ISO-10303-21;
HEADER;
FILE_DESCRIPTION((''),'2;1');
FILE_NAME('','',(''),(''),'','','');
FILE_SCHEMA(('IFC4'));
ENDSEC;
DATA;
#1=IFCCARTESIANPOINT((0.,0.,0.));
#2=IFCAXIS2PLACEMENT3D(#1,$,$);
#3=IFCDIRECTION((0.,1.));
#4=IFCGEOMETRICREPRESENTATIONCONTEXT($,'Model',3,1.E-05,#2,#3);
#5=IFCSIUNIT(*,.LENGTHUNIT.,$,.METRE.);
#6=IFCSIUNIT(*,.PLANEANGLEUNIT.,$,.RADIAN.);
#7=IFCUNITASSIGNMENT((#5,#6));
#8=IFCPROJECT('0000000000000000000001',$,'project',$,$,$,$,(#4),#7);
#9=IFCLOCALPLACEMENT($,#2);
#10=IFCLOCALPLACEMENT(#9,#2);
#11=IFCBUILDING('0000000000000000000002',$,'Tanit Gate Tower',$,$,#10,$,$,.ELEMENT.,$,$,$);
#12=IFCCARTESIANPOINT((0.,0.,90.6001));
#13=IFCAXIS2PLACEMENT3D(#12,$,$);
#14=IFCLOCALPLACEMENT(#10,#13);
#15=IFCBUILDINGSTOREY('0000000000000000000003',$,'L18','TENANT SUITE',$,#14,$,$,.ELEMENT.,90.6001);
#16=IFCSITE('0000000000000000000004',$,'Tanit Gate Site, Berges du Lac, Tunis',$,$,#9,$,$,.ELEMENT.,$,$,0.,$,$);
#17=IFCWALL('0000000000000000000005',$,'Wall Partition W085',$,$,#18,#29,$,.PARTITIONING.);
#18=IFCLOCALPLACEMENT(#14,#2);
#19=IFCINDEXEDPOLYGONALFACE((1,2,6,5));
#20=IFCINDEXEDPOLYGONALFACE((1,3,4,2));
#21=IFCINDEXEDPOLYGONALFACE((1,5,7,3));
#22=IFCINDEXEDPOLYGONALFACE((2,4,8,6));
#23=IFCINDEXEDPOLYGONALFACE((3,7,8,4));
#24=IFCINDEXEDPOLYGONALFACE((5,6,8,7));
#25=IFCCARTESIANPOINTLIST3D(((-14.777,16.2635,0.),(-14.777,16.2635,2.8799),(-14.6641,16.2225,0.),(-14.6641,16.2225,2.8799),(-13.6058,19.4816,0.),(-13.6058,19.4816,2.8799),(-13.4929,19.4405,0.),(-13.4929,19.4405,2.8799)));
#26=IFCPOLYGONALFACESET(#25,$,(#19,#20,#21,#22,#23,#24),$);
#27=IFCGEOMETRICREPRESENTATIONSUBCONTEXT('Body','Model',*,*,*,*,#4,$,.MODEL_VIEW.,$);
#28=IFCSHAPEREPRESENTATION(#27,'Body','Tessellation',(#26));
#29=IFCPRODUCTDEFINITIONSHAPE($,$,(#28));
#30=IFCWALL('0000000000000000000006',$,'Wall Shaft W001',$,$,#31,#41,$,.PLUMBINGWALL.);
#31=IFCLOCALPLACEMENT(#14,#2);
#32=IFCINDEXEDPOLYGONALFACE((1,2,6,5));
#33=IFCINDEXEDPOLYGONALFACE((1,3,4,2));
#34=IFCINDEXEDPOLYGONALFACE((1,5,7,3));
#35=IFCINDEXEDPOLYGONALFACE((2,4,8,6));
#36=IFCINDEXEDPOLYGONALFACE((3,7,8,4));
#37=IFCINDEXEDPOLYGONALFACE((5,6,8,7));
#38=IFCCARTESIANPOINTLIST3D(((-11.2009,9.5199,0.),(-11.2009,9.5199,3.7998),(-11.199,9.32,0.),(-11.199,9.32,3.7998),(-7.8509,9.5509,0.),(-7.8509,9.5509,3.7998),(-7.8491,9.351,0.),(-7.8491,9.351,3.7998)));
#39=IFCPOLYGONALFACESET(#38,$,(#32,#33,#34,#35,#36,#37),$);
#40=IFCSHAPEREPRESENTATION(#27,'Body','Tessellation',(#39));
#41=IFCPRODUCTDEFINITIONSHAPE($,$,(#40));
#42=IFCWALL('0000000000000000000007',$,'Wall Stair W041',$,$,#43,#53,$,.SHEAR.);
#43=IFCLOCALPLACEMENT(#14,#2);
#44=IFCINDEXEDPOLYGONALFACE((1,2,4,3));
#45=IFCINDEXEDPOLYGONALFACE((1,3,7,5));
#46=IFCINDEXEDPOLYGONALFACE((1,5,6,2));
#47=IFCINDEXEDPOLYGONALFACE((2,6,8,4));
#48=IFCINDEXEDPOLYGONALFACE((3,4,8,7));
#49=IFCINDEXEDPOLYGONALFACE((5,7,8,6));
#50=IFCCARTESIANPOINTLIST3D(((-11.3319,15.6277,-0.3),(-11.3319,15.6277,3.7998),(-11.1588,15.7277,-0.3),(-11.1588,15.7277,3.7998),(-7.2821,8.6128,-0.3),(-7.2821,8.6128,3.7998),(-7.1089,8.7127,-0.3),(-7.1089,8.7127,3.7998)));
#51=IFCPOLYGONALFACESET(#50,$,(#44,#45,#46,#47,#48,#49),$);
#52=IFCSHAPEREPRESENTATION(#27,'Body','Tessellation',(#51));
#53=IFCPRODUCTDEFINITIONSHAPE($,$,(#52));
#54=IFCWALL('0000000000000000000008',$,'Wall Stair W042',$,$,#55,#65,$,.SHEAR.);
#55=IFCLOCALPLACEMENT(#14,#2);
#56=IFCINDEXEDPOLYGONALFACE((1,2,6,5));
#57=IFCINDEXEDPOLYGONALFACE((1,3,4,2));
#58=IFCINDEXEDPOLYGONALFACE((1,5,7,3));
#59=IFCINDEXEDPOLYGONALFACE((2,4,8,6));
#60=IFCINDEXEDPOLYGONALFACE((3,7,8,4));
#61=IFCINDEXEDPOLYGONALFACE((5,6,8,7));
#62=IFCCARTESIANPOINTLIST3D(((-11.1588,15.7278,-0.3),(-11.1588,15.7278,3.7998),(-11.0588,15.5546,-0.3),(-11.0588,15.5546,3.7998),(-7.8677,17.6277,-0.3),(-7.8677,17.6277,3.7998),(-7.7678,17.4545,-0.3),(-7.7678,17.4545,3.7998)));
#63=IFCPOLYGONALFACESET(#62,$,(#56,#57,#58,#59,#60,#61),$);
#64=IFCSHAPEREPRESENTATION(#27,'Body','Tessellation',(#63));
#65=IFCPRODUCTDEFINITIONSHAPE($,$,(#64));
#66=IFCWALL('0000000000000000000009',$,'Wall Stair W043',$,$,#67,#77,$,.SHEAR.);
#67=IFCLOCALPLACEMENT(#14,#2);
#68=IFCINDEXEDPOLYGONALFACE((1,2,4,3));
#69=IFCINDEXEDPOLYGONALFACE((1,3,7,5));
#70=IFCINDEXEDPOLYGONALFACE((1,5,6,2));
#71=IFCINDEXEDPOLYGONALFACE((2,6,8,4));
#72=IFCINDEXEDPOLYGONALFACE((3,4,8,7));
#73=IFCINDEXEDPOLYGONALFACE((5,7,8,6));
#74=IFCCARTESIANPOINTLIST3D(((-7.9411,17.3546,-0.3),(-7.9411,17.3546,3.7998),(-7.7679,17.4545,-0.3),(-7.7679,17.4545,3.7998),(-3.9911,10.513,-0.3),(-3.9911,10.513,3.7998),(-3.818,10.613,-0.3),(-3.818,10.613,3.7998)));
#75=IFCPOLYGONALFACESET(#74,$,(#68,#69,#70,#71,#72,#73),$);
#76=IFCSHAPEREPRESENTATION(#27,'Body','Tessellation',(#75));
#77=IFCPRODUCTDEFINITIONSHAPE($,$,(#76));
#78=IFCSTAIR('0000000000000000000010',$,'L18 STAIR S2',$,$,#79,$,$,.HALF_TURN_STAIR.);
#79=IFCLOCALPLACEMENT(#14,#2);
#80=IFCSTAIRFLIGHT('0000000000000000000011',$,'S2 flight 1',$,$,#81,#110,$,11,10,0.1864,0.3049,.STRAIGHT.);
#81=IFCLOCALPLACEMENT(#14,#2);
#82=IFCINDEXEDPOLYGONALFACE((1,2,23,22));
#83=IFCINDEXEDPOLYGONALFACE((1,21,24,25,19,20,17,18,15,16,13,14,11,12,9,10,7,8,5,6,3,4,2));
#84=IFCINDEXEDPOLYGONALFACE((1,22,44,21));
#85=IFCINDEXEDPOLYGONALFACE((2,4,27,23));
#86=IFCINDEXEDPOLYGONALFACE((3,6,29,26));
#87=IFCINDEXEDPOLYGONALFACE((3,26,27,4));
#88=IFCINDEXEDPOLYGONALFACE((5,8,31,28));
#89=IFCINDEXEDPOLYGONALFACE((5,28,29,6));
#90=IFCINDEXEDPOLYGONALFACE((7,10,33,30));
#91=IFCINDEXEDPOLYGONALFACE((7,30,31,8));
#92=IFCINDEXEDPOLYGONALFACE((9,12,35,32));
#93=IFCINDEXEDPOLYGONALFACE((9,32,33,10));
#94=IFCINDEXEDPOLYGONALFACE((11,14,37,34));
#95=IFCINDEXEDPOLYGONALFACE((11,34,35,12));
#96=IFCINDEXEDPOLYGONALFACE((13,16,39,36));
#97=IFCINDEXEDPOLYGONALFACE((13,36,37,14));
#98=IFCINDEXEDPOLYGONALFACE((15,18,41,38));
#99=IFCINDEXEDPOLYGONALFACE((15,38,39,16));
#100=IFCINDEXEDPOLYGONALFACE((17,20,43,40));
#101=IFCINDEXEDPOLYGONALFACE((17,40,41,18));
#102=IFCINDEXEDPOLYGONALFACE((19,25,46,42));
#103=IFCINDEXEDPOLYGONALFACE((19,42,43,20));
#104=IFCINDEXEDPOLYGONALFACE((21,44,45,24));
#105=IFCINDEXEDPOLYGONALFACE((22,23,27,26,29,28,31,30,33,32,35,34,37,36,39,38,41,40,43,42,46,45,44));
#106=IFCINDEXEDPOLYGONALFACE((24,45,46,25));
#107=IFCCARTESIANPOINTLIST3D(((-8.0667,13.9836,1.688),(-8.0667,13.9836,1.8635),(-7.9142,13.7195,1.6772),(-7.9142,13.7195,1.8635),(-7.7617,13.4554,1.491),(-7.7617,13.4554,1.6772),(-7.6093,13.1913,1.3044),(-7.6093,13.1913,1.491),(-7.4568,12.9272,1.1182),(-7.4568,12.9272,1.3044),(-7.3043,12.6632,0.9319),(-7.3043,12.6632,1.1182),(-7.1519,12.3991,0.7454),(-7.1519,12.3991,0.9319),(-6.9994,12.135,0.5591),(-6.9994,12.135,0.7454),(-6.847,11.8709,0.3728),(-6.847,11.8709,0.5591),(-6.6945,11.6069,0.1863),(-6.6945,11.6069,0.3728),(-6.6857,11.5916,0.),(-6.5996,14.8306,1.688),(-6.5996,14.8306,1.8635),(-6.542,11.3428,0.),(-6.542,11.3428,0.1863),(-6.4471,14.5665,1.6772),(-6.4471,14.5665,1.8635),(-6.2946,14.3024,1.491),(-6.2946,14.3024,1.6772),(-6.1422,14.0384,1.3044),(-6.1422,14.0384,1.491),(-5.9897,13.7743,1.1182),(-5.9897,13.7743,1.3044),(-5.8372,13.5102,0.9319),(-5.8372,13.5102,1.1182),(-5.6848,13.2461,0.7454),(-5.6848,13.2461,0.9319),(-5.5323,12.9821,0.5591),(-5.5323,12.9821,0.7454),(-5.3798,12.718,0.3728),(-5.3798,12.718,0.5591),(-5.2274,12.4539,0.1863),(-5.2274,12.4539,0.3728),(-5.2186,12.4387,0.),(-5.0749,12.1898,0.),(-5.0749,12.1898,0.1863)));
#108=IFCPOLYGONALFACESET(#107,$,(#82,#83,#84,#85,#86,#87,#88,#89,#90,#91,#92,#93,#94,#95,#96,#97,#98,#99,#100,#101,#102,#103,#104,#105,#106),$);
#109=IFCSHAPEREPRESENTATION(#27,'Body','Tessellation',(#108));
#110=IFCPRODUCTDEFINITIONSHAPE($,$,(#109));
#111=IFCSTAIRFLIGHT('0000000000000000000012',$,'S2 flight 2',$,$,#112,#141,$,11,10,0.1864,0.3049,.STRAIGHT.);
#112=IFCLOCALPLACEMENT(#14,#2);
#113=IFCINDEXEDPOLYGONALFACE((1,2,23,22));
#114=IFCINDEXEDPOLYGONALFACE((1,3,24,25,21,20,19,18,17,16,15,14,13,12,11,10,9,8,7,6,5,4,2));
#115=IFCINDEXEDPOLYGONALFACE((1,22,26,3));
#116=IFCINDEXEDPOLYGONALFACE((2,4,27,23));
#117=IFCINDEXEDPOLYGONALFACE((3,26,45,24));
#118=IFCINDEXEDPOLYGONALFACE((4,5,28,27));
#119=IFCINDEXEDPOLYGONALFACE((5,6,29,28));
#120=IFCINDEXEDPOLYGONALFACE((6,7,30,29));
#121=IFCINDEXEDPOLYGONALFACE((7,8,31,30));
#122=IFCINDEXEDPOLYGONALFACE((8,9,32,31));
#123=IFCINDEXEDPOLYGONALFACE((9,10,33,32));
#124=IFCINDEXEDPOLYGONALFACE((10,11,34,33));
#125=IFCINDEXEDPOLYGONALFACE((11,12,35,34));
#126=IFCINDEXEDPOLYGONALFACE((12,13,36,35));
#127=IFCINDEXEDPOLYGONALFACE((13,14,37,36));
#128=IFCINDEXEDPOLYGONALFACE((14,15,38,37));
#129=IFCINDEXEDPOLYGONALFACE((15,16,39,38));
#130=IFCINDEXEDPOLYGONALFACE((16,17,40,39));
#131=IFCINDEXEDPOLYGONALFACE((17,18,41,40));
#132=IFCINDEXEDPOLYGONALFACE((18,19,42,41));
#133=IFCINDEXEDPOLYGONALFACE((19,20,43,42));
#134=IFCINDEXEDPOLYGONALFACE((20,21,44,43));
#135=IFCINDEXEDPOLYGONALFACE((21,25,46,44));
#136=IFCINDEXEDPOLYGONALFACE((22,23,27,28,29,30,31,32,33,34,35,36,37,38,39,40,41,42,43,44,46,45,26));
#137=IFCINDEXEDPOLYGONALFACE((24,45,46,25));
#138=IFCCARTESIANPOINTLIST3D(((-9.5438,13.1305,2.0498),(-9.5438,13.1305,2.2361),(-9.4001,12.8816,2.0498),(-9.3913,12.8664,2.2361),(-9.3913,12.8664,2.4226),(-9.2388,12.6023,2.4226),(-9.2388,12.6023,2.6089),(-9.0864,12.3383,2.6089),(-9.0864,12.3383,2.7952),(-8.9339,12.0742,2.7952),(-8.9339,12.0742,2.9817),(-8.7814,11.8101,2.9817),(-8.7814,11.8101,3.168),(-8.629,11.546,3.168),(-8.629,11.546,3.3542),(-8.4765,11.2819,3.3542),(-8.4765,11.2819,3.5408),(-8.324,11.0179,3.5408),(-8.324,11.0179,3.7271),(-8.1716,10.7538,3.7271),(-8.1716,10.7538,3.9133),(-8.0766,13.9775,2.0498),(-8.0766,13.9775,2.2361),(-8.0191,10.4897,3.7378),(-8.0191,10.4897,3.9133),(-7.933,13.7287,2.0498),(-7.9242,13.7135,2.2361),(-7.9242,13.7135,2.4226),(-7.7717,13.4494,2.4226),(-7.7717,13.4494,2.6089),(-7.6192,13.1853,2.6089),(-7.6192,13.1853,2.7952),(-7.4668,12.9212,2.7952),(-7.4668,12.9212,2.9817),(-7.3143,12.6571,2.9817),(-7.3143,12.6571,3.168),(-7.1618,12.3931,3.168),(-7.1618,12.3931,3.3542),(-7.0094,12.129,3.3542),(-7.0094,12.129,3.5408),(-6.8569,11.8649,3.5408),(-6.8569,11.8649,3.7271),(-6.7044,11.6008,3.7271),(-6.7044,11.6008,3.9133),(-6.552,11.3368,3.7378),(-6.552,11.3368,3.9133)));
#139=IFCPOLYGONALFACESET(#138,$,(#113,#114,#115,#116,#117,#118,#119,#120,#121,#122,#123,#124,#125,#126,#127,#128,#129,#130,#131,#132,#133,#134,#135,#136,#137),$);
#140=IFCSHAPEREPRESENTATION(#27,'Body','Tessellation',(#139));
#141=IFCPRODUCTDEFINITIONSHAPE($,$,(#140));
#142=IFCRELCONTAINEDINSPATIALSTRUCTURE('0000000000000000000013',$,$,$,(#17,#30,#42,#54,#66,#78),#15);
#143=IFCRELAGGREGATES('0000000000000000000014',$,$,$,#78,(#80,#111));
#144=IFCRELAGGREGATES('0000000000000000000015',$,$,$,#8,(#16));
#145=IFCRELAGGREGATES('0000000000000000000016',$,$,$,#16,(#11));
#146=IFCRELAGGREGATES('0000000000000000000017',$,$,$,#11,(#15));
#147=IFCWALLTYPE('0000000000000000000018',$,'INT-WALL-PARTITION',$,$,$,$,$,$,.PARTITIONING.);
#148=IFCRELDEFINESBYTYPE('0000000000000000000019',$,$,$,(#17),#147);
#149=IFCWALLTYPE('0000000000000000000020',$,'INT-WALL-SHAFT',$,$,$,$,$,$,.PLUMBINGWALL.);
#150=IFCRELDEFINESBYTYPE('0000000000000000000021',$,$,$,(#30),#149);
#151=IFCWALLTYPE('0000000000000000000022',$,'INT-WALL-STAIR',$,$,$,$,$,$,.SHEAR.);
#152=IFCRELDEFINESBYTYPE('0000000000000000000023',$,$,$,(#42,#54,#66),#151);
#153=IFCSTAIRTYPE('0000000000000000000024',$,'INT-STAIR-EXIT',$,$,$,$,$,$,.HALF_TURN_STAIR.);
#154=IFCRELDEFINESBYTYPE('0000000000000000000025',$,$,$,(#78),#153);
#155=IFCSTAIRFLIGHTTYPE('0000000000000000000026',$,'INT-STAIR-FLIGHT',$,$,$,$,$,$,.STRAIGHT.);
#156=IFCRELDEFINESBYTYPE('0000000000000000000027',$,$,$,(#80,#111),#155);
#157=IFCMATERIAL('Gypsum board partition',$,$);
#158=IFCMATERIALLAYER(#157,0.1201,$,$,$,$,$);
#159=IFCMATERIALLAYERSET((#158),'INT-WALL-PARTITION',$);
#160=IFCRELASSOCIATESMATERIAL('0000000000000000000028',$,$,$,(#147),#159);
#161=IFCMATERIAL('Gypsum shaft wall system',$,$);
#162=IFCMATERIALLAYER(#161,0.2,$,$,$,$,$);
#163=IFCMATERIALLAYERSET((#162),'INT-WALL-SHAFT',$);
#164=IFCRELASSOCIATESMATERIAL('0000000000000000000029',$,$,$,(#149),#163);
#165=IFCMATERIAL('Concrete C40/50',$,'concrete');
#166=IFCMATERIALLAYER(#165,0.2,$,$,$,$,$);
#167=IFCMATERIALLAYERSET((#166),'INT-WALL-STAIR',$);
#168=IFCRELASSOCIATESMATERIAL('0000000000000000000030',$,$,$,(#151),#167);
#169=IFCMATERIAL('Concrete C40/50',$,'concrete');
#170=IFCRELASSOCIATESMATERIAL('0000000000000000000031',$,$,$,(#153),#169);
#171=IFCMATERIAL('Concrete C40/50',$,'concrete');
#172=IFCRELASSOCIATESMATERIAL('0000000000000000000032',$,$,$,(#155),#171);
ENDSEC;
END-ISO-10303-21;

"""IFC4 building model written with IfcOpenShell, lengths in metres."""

from ifc_helpers import new_model, si_unit, direction, frame, frame_2d, origin, place, context, subcontext, project, spatial, polyline, rectangle, outline, extrude, material, layer, layer_set, type_object, element, aggregate, save


model = new_model("IFC4")

# Units and contexts
model_context = context("Model", 3, precision=1e-05, world=origin(), true_north=direction((0.0, 1.0)))
body_context = subcontext(model_context, "Body", "Model", "MODEL_VIEW")
ifc_project = project(units=[si_unit("LENGTHUNIT", "METRE"), si_unit("PLANEANGLEUNIT", "RADIAN")], contexts=[model_context])

# Site, building, storey
site_placement = place(None, origin())
site = spatial("IfcSite", under=ifc_project, at=site_placement, Name="Tanit Gate Site, Berges du Lac, Tunis", CompositionType="ELEMENT", RefElevation=0.0)
building_placement = place(site_placement, origin())
building = spatial("IfcBuilding", under=site, at=building_placement, Name="Tanit Gate Tower", CompositionType="ELEMENT")
storey_placement = place(building_placement, frame((0.0, 0.0, 90.6001)))
storey = spatial("IfcBuildingStorey", under=building, at=storey_placement, Name="L18", Description="TENANT SUITE", CompositionType="ELEMENT", Elevation=90.6001)

# Walls
ifc_material_1 = material(Name="Gypsum board partition")
ifc_layer_1 = layer(ifc_material_1, 0.1201)
ifc_layer_set_1 = layer_set([ifc_layer_1], Name="INT-WALL-PARTITION")
wall_type_1 = type_object("IfcWallType", Name="INT-WALL-PARTITION", PredefinedType="PARTITIONING", material=ifc_layer_set_1)
wall_1_placement = place(storey_placement, frame((-13.5493, 19.4612, 0.0), z_axis=(0.0, 0.0, 1.0), x_axis=(-0.341989, -0.939704, 0.0)))
element("IfcWall", 1, at=wall_1_placement, inside=storey, type_object=wall_type_1, Name="Wall Partition W085", PredefinedType="PARTITIONING", context=body_context, shape_type="SweptSolid", body=[
    extrude(rectangle(XDim=3.4246, YDim=0.1201, at=frame_2d((1.7124, 0.0))), origin(), (0.0, 0.0, 1.0), 2.8799),
])
ifc_material_2 = material(Name="Gypsum shaft wall system")
ifc_layer_2 = layer(ifc_material_2, 0.2)
ifc_layer_set_2 = layer_set([ifc_layer_2], Name="INT-WALL-SHAFT")
wall_type_2 = type_object("IfcWallType", Name="INT-WALL-SHAFT", PredefinedType="PLUMBINGWALL", material=ifc_layer_set_2)
wall_2_placement = place(storey_placement, frame((-11.2, 9.4199, 0.0), z_axis=(0.0, 0.0, 1.0), x_axis=(0.999957, 0.009255, 0.0)))
element("IfcWall", 2, at=wall_2_placement, inside=storey, type_object=wall_type_2, Name="Wall Shaft W001", PredefinedType="PLUMBINGWALL", context=body_context, shape_type="SweptSolid", body=[
    extrude(rectangle(XDim=3.3501, YDim=0.2, at=frame_2d((1.675, 0.0))), origin(), (0.0, 0.0, 1.0), 3.7998),
])
ifc_material_3 = material(Name="Concrete C40/50", Category="concrete")
ifc_layer_3 = layer(ifc_material_3, 0.2)
ifc_layer_set_3 = layer_set([ifc_layer_3], Name="INT-WALL-STAIR")
wall_type_3 = type_object("IfcWallType", Name="INT-WALL-STAIR", PredefinedType="SHEAR", material=ifc_layer_set_3)
wall_3_placement = place(storey_placement, frame((-11.2454, 15.6777, -0.3), z_axis=(0.0, 0.0, 1.0), x_axis=(0.499977, -0.866039, 0.0)))
element("IfcWall", 3, at=wall_3_placement, inside=storey, type_object=wall_type_3, Name="Wall Stair W041", PredefinedType="SHEAR", context=body_context, shape_type="SweptSolid", body=[
    extrude(rectangle(XDim=8.1001, YDim=0.2, at=frame_2d((4.05, 0.0))), origin(), (0.0, 0.0, 1.0), 4.0999),
])
wall_4_placement = place(storey_placement, frame((-7.8179, 17.541, -0.3), z_axis=(0.0, 0.0, 1.0), x_axis=(-0.866044, -0.499967, 0.0)))
element("IfcWall", 4, at=wall_4_placement, inside=storey, type_object=wall_type_3, Name="Wall Stair W042", PredefinedType="SHEAR", context=body_context, shape_type="SweptSolid", body=[
    extrude(rectangle(XDim=3.8, YDim=0.2, at=frame_2d((1.8999, 0.0))), origin(), (0.0, 0.0, 1.0), 4.0999),
])
wall_5_placement = place(storey_placement, frame((-7.8545, 17.4045, -0.3), z_axis=(0.0, 0.0, 1.0), x_axis=(0.499998, -0.866027, 0.0)))
element("IfcWall", 5, at=wall_5_placement, inside=storey, type_object=wall_type_3, Name="Wall Stair W043", PredefinedType="SHEAR", context=body_context, shape_type="SweptSolid", body=[
    extrude(rectangle(XDim=7.8999, YDim=0.2, at=frame_2d((3.95, 0.0))), origin(), (0.0, 0.0, 1.0), 4.0999),
])

# Stair, stair flights
ifc_material_4 = material(Name="Concrete C40/50", Category="concrete")
stair_type = type_object("IfcStairType", Name="INT-STAIR-EXIT", PredefinedType="HALF_TURN_STAIR", material=ifc_material_4)
stair_placement = place(storey_placement, origin())
stair = element("IfcStair", 6, at=stair_placement, inside=storey, type_object=stair_type, Name="L18 STAIR S2", PredefinedType="HALF_TURN_STAIR")
ifc_material_5 = material(Name="Concrete C40/50", Category="concrete")
stair_flight_type = type_object("IfcStairFlightType", Name="INT-STAIR-FLIGHT", PredefinedType="STRAIGHT", material=ifc_material_5)
stair_flight_1_placement = place(storey_placement, frame((-5.8083, 11.7664, 0.0), z_axis=(0.0, 0.0, 1.0), x_axis=(-0.5, 0.866025, 0.0)))
stair_flight_1 = element("IfcStairFlight", 7, at=stair_flight_1_placement, type_object=stair_flight_type, Name="S2 flight 1", NumberOfRisers=11, NumberOfTreads=10, PredefinedType="STRAIGHT", RiserHeight=0.1864, TreadLength=0.3049, context=body_context, shape_type="SweptSolid", body=[
    extrude(outline(polyline([(0.0, 0.0), (0.0, 0.1863), (0.3049, 0.1863), (0.3049, 0.3728), (0.6099, 0.3728), (0.6099, 0.5591), (0.9148, 0.5591), (0.9148, 0.7454), (1.2197, 0.7454), (1.2197, 0.9319), (1.5247, 0.9319), (1.5247, 1.1182), (1.8296, 1.1182), (1.8296, 1.3044), (2.1345, 1.3044), (2.1345, 1.491), (2.4395, 1.491), (2.4395, 1.6772), (2.7444, 1.6772), (2.7444, 1.8635), (3.0493, 1.8635), (3.0493, 2.05), (3.0493, 1.688), (0.2874, 0.0), (0.0, 0.0)])), frame((0.0, 0.8472, 0.0), z_axis=(0.0, -1.0, 0.0), x_axis=(1.0, 0.0, 0.0)), (0.0, 0.0, 1.0), 1.6941),
])
stair_flight_2_placement = place(storey_placement, frame((-8.8103, 13.554, 2.0498), z_axis=(0.0, 0.0, 1.0), x_axis=(0.5, -0.866025, 0.0)))
stair_flight_2 = element("IfcStairFlight", 8, at=stair_flight_2_placement, type_object=stair_flight_type, Name="S2 flight 2", NumberOfRisers=11, NumberOfTreads=10, PredefinedType="STRAIGHT", RiserHeight=0.1864, TreadLength=0.3049, context=body_context, shape_type="SweptSolid", body=[
    extrude(outline(polyline([(0.0, 0.0), (0.0, 0.1863), (0.3049, 0.1863), (0.3049, 0.3728), (0.6099, 0.3728), (0.6099, 0.5591), (0.9148, 0.5591), (0.9148, 0.7454), (1.2197, 0.7454), (1.2197, 0.9319), (1.5247, 0.9319), (1.5247, 1.1182), (1.8296, 1.1182), (1.8296, 1.3044), (2.1345, 1.3044), (2.1345, 1.491), (2.4395, 1.491), (2.4395, 1.6772), (2.7444, 1.6772), (2.7444, 1.8635), (3.0493, 1.8635), (3.0493, 2.05), (3.0493, 1.688), (0.2874, 0.0), (0.0, 0.0)])), frame((0.0, 0.8472, 0.0), z_axis=(0.0, -1.0, 0.0), x_axis=(1.0, 0.0, 0.0)), (0.0, 0.0, 1.0), 1.6941),
])
aggregate(stair, [stair_flight_1, stair_flight_2])

save(model, "model.ifc")
